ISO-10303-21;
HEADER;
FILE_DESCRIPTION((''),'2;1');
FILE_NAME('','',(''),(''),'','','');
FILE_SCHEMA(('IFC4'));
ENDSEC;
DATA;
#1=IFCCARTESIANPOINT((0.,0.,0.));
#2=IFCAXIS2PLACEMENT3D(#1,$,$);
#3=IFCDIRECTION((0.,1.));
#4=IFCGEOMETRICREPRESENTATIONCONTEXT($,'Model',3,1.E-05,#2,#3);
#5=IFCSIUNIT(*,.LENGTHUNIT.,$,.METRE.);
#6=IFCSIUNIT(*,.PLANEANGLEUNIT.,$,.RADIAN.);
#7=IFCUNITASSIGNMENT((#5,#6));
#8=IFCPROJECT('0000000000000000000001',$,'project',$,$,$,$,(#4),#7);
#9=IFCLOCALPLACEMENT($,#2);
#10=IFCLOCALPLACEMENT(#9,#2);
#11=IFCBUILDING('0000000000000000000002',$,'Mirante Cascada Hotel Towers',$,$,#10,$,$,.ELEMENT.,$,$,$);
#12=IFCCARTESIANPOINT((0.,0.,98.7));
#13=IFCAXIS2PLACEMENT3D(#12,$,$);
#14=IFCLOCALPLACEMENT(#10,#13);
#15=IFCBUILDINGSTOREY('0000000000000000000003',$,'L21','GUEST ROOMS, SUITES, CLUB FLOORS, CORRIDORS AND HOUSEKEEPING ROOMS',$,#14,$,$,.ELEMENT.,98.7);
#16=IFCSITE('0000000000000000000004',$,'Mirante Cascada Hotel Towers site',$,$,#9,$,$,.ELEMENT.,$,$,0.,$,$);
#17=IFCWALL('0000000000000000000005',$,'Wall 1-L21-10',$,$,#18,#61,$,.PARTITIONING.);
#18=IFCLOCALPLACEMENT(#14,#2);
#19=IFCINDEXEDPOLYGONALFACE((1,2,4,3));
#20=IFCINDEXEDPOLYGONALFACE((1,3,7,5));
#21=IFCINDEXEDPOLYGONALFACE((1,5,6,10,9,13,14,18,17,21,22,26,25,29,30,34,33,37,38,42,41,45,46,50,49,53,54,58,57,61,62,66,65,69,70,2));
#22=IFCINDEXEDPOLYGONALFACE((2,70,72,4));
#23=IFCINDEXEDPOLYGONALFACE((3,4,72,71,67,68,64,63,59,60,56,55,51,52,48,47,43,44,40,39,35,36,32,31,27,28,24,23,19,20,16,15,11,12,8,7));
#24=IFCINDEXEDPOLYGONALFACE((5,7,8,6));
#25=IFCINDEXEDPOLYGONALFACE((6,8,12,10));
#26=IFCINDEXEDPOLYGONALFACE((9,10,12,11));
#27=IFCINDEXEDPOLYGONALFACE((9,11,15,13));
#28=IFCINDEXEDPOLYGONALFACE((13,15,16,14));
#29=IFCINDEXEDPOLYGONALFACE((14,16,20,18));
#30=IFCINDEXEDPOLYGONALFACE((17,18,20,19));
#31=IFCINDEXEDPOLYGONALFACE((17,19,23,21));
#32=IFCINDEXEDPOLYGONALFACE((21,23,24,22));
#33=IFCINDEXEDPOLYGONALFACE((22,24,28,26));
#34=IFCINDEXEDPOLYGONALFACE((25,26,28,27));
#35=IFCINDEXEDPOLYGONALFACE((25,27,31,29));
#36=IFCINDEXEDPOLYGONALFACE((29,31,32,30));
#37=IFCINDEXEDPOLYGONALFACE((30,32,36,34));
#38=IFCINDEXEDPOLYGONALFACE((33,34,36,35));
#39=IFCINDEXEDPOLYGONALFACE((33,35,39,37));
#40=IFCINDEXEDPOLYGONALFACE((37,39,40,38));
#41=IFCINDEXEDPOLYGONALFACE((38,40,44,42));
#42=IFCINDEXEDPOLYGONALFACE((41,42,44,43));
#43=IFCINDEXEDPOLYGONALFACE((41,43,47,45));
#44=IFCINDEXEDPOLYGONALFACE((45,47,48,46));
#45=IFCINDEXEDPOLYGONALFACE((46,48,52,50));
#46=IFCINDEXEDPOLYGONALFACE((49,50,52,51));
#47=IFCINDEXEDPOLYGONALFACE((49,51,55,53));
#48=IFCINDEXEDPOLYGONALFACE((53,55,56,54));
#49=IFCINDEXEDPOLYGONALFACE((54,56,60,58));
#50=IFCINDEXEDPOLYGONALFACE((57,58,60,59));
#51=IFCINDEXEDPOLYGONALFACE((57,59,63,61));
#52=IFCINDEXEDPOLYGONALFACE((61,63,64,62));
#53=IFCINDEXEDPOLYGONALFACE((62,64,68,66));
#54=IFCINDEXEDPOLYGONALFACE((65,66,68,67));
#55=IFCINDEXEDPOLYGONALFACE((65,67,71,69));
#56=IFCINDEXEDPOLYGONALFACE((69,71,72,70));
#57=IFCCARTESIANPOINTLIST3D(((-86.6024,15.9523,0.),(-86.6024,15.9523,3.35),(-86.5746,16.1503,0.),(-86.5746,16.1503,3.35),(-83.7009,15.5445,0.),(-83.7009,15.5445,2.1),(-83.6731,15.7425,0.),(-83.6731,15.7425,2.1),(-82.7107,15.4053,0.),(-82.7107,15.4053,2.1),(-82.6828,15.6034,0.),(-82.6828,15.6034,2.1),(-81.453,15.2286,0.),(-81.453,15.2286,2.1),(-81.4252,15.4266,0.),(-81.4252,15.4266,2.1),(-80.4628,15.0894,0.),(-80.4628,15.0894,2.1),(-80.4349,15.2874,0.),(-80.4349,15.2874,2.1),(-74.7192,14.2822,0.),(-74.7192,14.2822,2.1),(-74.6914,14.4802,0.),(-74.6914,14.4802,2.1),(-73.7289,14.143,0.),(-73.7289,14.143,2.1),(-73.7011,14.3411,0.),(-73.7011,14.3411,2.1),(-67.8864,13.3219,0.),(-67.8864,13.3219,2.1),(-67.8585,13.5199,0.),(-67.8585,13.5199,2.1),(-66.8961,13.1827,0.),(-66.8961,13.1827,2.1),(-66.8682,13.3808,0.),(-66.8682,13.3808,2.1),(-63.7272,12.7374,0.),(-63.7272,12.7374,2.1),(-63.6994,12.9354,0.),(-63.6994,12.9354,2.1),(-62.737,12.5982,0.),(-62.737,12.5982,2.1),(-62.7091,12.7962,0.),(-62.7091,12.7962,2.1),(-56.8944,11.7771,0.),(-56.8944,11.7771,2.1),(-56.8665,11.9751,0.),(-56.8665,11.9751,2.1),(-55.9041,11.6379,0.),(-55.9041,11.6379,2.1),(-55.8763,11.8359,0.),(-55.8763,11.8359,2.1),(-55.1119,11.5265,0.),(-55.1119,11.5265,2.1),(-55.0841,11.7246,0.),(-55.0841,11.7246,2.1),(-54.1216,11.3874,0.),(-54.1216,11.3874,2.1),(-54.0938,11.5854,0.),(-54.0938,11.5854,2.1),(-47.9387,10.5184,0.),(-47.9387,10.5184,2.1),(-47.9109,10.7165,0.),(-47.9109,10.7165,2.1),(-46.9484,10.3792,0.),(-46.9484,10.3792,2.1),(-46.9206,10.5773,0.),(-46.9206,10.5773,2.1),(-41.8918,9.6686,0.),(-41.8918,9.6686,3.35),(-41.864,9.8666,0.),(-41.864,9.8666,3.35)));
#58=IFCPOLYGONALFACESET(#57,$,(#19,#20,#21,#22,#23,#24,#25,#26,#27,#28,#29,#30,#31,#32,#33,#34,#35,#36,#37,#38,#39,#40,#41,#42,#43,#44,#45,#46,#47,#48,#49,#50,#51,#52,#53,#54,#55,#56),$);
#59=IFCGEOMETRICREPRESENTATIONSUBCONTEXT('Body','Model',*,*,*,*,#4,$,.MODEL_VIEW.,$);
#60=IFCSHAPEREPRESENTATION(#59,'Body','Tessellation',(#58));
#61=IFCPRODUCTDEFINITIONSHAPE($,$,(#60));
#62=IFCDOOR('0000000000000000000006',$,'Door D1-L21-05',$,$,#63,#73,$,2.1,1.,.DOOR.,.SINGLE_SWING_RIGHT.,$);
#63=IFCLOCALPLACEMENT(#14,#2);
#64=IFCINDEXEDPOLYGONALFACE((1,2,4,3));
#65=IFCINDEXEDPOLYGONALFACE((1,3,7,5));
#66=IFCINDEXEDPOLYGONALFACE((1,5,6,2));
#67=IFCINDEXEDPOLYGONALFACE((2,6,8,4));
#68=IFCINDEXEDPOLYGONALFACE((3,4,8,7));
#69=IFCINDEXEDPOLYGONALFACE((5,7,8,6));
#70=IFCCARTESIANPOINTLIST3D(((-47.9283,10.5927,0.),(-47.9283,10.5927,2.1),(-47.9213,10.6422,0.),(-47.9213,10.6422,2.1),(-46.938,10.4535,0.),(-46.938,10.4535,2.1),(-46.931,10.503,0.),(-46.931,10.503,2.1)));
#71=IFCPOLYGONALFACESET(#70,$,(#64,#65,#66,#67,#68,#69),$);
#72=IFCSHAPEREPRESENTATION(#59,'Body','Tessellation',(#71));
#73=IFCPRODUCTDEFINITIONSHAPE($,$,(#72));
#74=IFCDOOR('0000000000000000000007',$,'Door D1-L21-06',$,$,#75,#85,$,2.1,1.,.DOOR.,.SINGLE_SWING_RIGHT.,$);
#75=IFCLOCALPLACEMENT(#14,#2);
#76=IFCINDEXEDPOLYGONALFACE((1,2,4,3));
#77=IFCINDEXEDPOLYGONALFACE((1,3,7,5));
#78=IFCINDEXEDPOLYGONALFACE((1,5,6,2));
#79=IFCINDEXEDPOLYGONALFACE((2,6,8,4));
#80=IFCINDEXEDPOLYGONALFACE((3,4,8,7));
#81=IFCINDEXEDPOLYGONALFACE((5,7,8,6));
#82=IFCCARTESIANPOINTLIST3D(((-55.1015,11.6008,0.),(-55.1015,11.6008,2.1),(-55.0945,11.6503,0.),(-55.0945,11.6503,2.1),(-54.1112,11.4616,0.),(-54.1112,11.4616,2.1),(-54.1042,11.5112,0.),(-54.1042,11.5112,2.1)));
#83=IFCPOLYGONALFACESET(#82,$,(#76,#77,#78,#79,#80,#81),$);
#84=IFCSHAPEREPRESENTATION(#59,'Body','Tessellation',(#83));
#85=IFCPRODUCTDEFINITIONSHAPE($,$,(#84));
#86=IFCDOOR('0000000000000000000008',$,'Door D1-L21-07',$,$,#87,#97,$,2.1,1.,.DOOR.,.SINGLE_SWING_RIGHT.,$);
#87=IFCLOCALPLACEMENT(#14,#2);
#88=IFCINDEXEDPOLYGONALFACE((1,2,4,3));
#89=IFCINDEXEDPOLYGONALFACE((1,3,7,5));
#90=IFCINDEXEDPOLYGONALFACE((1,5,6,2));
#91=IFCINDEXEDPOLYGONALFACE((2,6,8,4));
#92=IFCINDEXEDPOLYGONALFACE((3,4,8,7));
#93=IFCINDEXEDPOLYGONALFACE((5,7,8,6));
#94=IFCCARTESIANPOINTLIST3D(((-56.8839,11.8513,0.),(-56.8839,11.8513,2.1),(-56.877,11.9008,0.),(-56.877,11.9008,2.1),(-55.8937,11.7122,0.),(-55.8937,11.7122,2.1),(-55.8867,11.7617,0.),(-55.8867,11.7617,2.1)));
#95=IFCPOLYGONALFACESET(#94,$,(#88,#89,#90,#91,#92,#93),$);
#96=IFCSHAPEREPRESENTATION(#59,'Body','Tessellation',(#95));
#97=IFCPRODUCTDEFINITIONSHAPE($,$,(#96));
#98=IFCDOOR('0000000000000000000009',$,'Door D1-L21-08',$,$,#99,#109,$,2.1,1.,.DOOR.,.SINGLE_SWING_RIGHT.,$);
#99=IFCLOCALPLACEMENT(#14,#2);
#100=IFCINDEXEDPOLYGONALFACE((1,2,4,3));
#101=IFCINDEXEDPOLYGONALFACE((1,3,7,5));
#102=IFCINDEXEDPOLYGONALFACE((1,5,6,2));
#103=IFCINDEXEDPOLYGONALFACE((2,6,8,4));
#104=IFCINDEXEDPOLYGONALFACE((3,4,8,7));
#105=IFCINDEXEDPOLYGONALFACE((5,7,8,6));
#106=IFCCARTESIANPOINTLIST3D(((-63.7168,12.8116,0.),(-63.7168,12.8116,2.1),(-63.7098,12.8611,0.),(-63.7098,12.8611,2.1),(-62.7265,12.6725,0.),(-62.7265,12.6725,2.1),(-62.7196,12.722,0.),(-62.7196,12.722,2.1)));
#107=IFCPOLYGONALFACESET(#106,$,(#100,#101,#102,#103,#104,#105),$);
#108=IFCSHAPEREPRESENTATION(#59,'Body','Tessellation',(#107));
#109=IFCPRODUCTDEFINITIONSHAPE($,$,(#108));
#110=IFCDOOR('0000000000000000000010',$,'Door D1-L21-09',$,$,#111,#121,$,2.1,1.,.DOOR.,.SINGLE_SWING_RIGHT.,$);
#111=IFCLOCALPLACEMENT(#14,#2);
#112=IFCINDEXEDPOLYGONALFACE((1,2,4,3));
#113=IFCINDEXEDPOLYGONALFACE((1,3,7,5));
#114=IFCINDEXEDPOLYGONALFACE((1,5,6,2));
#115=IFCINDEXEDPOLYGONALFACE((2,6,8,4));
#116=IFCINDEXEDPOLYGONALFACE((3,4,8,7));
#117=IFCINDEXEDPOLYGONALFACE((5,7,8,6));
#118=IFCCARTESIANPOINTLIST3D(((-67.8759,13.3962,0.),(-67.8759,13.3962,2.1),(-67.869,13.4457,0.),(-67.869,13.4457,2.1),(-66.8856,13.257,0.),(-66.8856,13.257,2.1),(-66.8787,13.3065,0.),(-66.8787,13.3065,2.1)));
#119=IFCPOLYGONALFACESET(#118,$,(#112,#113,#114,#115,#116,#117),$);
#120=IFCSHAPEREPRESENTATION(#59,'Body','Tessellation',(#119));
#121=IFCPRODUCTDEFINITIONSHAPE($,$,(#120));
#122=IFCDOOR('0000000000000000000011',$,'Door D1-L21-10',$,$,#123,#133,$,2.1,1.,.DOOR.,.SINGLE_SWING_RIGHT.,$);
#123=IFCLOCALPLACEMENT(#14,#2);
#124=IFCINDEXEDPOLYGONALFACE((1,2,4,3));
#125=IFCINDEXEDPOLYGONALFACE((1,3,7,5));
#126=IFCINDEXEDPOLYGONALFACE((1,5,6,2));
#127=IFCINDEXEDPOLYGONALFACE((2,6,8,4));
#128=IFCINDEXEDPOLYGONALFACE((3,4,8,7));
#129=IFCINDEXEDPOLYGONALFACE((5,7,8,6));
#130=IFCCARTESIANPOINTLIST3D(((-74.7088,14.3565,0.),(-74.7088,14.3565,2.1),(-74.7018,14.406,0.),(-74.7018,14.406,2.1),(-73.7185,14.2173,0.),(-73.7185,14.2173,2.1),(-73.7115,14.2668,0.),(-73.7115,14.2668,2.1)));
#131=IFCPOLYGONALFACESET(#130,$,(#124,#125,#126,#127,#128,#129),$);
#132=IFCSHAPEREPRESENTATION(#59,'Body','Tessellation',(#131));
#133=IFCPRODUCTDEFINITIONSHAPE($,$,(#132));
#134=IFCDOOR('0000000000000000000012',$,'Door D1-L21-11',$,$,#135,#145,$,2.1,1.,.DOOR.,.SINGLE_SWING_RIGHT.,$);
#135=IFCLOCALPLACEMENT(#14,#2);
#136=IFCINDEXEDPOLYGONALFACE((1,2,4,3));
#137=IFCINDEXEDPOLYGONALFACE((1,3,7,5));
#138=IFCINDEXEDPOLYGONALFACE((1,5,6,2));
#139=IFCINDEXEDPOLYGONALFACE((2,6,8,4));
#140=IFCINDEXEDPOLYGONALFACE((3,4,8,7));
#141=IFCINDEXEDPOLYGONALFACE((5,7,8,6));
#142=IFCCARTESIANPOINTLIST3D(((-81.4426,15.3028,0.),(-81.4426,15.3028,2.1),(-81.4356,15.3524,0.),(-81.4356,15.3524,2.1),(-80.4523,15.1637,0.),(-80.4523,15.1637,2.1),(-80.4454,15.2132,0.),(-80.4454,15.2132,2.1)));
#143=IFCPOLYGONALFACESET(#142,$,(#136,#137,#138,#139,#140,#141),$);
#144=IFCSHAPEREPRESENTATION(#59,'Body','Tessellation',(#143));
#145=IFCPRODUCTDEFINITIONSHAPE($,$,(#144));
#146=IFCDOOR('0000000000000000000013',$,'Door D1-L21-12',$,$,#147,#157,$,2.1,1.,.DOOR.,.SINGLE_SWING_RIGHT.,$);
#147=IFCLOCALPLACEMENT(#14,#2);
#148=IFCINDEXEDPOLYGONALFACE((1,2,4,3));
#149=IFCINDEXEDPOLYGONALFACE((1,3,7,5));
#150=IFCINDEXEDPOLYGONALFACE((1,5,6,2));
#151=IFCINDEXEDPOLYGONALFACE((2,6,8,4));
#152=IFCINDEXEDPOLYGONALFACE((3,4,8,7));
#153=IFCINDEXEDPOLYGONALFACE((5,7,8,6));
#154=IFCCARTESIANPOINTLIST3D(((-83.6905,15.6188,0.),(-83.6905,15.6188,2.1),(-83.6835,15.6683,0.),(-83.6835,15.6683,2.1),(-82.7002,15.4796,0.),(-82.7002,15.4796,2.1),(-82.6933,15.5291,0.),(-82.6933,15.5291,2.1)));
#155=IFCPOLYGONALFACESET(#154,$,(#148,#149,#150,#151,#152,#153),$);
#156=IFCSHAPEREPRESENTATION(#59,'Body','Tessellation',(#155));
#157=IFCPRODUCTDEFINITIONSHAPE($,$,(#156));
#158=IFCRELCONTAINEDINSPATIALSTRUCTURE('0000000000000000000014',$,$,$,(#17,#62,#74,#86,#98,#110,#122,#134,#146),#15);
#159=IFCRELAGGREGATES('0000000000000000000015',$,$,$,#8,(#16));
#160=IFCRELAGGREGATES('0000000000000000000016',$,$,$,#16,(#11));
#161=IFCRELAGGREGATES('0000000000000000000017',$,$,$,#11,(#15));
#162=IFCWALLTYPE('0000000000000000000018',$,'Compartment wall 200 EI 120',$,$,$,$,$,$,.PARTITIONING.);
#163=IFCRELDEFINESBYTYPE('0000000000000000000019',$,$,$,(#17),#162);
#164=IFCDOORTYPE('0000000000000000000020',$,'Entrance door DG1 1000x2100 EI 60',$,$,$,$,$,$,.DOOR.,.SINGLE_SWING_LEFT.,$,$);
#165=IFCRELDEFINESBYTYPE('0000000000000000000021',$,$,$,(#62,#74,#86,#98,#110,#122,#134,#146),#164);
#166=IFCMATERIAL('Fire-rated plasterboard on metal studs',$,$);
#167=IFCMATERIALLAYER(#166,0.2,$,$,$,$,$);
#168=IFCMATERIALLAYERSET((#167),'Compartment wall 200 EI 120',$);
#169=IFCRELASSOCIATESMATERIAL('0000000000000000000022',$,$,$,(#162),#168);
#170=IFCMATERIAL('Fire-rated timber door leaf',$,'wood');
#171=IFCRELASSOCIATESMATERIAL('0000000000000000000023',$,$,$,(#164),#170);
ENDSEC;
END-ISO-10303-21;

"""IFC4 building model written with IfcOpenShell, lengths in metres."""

from ifc_helpers import new_model, si_unit, direction, frame, frame_2d, origin, place, context, subcontext, project, spatial, rectangle, extrude, material, layer, layer_set, type_object, element, fill, save


model = new_model("IFC4")

# Units and contexts
model_context = context("Model", 3, precision=1e-05, world=origin(), true_north=direction((0.0, 1.0)))
body_context = subcontext(model_context, "Body", "Model", "MODEL_VIEW")
ifc_project = project(units=[si_unit("LENGTHUNIT", "METRE"), si_unit("PLANEANGLEUNIT", "RADIAN")], contexts=[model_context])

# Site, building, storey
site_placement = place(None, origin())
site = spatial("IfcSite", under=ifc_project, at=site_placement, Name="Mirante Cascada Hotel Towers site", CompositionType="ELEMENT", RefElevation=0.0)
building_placement = place(site_placement, origin())
building = spatial("IfcBuilding", under=site, at=building_placement, Name="Mirante Cascada Hotel Towers", CompositionType="ELEMENT")
storey_placement = place(building_placement, frame((0.0, 0.0, 98.7)))
storey = spatial("IfcBuildingStorey", under=building, at=storey_placement, Name="L21", Description="GUEST ROOMS, SUITES, CLUB FLOORS, CORRIDORS AND HOUSEKEEPING ROOMS", CompositionType="ELEMENT", Elevation=98.7)

# Wall, openings, doors
ifc_material_1 = material(Name="Fire-rated plasterboard on metal studs")
ifc_layer_1 = layer(ifc_material_1, 0.2)
ifc_layer_set_1 = layer_set([ifc_layer_1], Name="Compartment wall 200 EI 120")
wall_type_1 = type_object("IfcWallType", Name="Compartment wall 200 EI 120", PredefinedType="PARTITIONING", material=ifc_layer_set_1)
wall_1_placement = place(storey_placement, frame((-41.8779, 9.7676, 0.0), z_axis=(0.0, 0.0, 1.0), x_axis=(-0.990268, 0.139174, 0.0)))
wall_1 = element("IfcWall", 1, at=wall_1_placement, inside=storey, type_object=wall_type_1, Name="Wall 1-L21-10", PredefinedType="PARTITIONING", context=body_context, shape_type="SweptSolid", body=[
    extrude(rectangle(XDim=45.15, YDim=0.2, at=frame_2d((22.575, 0.0))), origin(), (0.0, 0.0, 1.0), 3.35),
])
opening_1_placement = place(wall_1_placement, frame((5.1063, 0.0, 0.0)))
opening_1 = element("IfcOpeningElement", 2, at=opening_1_placement, cuts=wall_1, PredefinedType="OPENING", context=body_context, shape_type="SweptSolid", body=[
    extrude(rectangle(XDim=1.0, YDim=2.1, at=frame_2d((0.5, 1.05))), frame((0.0, 0.1, 0.0), z_axis=(0.0, -1.0, 0.0), x_axis=(1.0, 0.0, 0.0)), (0.0, 0.0, 1.0), 0.2),
])
opening_2_placement = place(wall_1_placement, frame((12.35, 0.0, 0.0)))
opening_2 = element("IfcOpeningElement", 3, at=opening_2_placement, cuts=wall_1, PredefinedType="OPENING", context=body_context, shape_type="SweptSolid", body=[
    extrude(rectangle(XDim=1.0, YDim=2.1, at=frame_2d((0.5, 1.05))), frame((0.0, 0.1, 0.0), z_axis=(0.0, -1.0, 0.0), x_axis=(1.0, 0.0, 0.0)), (0.0, 0.0, 1.0), 0.2),
])
opening_3_placement = place(wall_1_placement, frame((14.15, 0.0, 0.0)))
opening_3 = element("IfcOpeningElement", 4, at=opening_3_placement, cuts=wall_1, PredefinedType="OPENING", context=body_context, shape_type="SweptSolid", body=[
    extrude(rectangle(XDim=1.0, YDim=2.1, at=frame_2d((0.5, 1.05))), frame((0.0, 0.1, 0.0), z_axis=(0.0, -1.0, 0.0), x_axis=(1.0, 0.0, 0.0)), (0.0, 0.0, 1.0), 0.2),
])
opening_4_placement = place(wall_1_placement, frame((21.05, 0.0, 0.0)))
opening_4 = element("IfcOpeningElement", 5, at=opening_4_placement, cuts=wall_1, PredefinedType="OPENING", context=body_context, shape_type="SweptSolid", body=[
    extrude(rectangle(XDim=1.0, YDim=2.1, at=frame_2d((0.5, 1.05))), frame((0.0, 0.1, 0.0), z_axis=(0.0, -1.0, 0.0), x_axis=(1.0, 0.0, 0.0)), (0.0, 0.0, 1.0), 0.2),
])
opening_5_placement = place(wall_1_placement, frame((25.25, 0.0, 0.0)))
opening_5 = element("IfcOpeningElement", 6, at=opening_5_placement, cuts=wall_1, PredefinedType="OPENING", context=body_context, shape_type="SweptSolid", body=[
    extrude(rectangle(XDim=1.0, YDim=2.1, at=frame_2d((0.5, 1.05))), frame((0.0, 0.1, 0.0), z_axis=(0.0, -1.0, 0.0), x_axis=(1.0, 0.0, 0.0)), (0.0, 0.0, 1.0), 0.2),
])
opening_6_placement = place(wall_1_placement, frame((32.15, 0.0, 0.0)))
opening_6 = element("IfcOpeningElement", 7, at=opening_6_placement, cuts=wall_1, PredefinedType="OPENING", context=body_context, shape_type="SweptSolid", body=[
    extrude(rectangle(XDim=1.0, YDim=2.1, at=frame_2d((0.5, 1.05))), frame((0.0, 0.1, 0.0), z_axis=(0.0, -1.0, 0.0), x_axis=(1.0, 0.0, 0.0)), (0.0, 0.0, 1.0), 0.2),
])
opening_7_placement = place(wall_1_placement, frame((38.95, 0.0, 0.0)))
opening_7 = element("IfcOpeningElement", 8, at=opening_7_placement, cuts=wall_1, PredefinedType="OPENING", context=body_context, shape_type="SweptSolid", body=[
    extrude(rectangle(XDim=1.0, YDim=2.1, at=frame_2d((0.5, 1.05))), frame((0.0, 0.1, 0.0), z_axis=(0.0, -1.0, 0.0), x_axis=(1.0, 0.0, 0.0)), (0.0, 0.0, 1.0), 0.2),
])
opening_8_placement = place(wall_1_placement, frame((41.22, 0.0, 0.0)))
opening_8 = element("IfcOpeningElement", 9, at=opening_8_placement, cuts=wall_1, PredefinedType="OPENING", context=body_context, shape_type="SweptSolid", body=[
    extrude(rectangle(XDim=1.0, YDim=2.1, at=frame_2d((0.5, 1.05))), frame((0.0, 0.1, 0.0), z_axis=(0.0, -1.0, 0.0), x_axis=(1.0, 0.0, 0.0)), (0.0, 0.0, 1.0), 0.2),
])
ifc_material_2 = material(Name="Fire-rated timber door leaf", Category="wood")
door_type_1 = type_object("IfcDoorType", Name="Entrance door DG1 1000x2100 EI 60", OperationType="SINGLE_SWING_LEFT", PredefinedType="DOOR", material=ifc_material_2)
door_1_placement = place(opening_1_placement, frame((1.0, 0.0, 0.0), z_axis=(0.0, 0.0, 1.0), x_axis=(-1.0, 0.0, 0.0)))
door_1 = element("IfcDoor", 10, at=door_1_placement, inside=storey, type_object=door_type_1, Name="Door D1-L21-05", OperationType="SINGLE_SWING_RIGHT", OverallHeight=2.1, OverallWidth=1.0, PredefinedType="DOOR", context=body_context, shape_type="SweptSolid", body=[
    extrude(rectangle(XDim=1.0, YDim=2.1, at=frame_2d((0.5, 1.05))), frame((0.0, 0.025, 0.0), z_axis=(0.0, -1.0, 0.0), x_axis=(1.0, 0.0, 0.0)), (0.0, 0.0, 1.0), 0.05),
])
fill(opening_1, door_1)
door_2_placement = place(opening_2_placement, frame((1.0, 0.0, 0.0), z_axis=(0.0, 0.0, 1.0), x_axis=(-1.0, 0.0, 0.0)))
door_2 = element("IfcDoor", 11, at=door_2_placement, inside=storey, type_object=door_type_1, Name="Door D1-L21-06", OperationType="SINGLE_SWING_RIGHT", OverallHeight=2.1, OverallWidth=1.0, PredefinedType="DOOR", context=body_context, shape_type="SweptSolid", body=[
    extrude(rectangle(XDim=1.0, YDim=2.1, at=frame_2d((0.5, 1.05))), frame((0.0, 0.025, 0.0), z_axis=(0.0, -1.0, 0.0), x_axis=(1.0, 0.0, 0.0)), (0.0, 0.0, 1.0), 0.05),
])
fill(opening_2, door_2)
door_3_placement = place(opening_3_placement, frame((1.0, 0.0, 0.0), z_axis=(0.0, 0.0, 1.0), x_axis=(-1.0, 0.0, 0.0)))
door_3 = element("IfcDoor", 12, at=door_3_placement, inside=storey, type_object=door_type_1, Name="Door D1-L21-07", OperationType="SINGLE_SWING_RIGHT", OverallHeight=2.1, OverallWidth=1.0, PredefinedType="DOOR", context=body_context, shape_type="SweptSolid", body=[
    extrude(rectangle(XDim=1.0, YDim=2.1, at=frame_2d((0.5, 1.05))), frame((0.0, 0.025, 0.0), z_axis=(0.0, -1.0, 0.0), x_axis=(1.0, 0.0, 0.0)), (0.0, 0.0, 1.0), 0.05),
])
fill(opening_3, door_3)
door_4_placement = place(opening_4_placement, frame((1.0, 0.0, 0.0), z_axis=(0.0, 0.0, 1.0), x_axis=(-1.0, 0.0, 0.0)))
door_4 = element("IfcDoor", 13, at=door_4_placement, inside=storey, type_object=door_type_1, Name="Door D1-L21-08", OperationType="SINGLE_SWING_RIGHT", OverallHeight=2.1, OverallWidth=1.0, PredefinedType="DOOR", context=body_context, shape_type="SweptSolid", body=[
    extrude(rectangle(XDim=1.0, YDim=2.1, at=frame_2d((0.5, 1.05))), frame((0.0, 0.025, 0.0), z_axis=(0.0, -1.0, 0.0), x_axis=(1.0, 0.0, 0.0)), (0.0, 0.0, 1.0), 0.05),
])
fill(opening_4, door_4)
door_5_placement = place(opening_5_placement, frame((1.0, 0.0, 0.0), z_axis=(0.0, 0.0, 1.0), x_axis=(-1.0, 0.0, 0.0)))
door_5 = element("IfcDoor", 14, at=door_5_placement, inside=storey, type_object=door_type_1, Name="Door D1-L21-09", OperationType="SINGLE_SWING_RIGHT", OverallHeight=2.1, OverallWidth=1.0, PredefinedType="DOOR", context=body_context, shape_type="SweptSolid", body=[
    extrude(rectangle(XDim=1.0, YDim=2.1, at=frame_2d((0.5, 1.05))), frame((0.0, 0.025, 0.0), z_axis=(0.0, -1.0, 0.0), x_axis=(1.0, 0.0, 0.0)), (0.0, 0.0, 1.0), 0.05),
])
fill(opening_5, door_5)
door_6_placement = place(opening_6_placement, frame((1.0, 0.0, 0.0), z_axis=(0.0, 0.0, 1.0), x_axis=(-1.0, 0.0, 0.0)))
door_6 = element("IfcDoor", 15, at=door_6_placement, inside=storey, type_object=door_type_1, Name="Door D1-L21-10", OperationType="SINGLE_SWING_RIGHT", OverallHeight=2.1, OverallWidth=1.0, PredefinedType="DOOR", context=body_context, shape_type="SweptSolid", body=[
    extrude(rectangle(XDim=1.0, YDim=2.1, at=frame_2d((0.5, 1.05))), frame((0.0, 0.025, 0.0), z_axis=(0.0, -1.0, 0.0), x_axis=(1.0, 0.0, 0.0)), (0.0, 0.0, 1.0), 0.05),
])
fill(opening_6, door_6)
door_7_placement = place(opening_7_placement, frame((1.0, 0.0, 0.0), z_axis=(0.0, 0.0, 1.0), x_axis=(-1.0, 0.0, 0.0)))
door_7 = element("IfcDoor", 16, at=door_7_placement, inside=storey, type_object=door_type_1, Name="Door D1-L21-11", OperationType="SINGLE_SWING_RIGHT", OverallHeight=2.1, OverallWidth=1.0, PredefinedType="DOOR", context=body_context, shape_type="SweptSolid", body=[
    extrude(rectangle(XDim=1.0, YDim=2.1, at=frame_2d((0.5, 1.05))), frame((0.0, 0.025, 0.0), z_axis=(0.0, -1.0, 0.0), x_axis=(1.0, 0.0, 0.0)), (0.0, 0.0, 1.0), 0.05),
])
fill(opening_7, door_7)
door_8_placement = place(opening_8_placement, frame((1.0, 0.0, 0.0), z_axis=(0.0, 0.0, 1.0), x_axis=(-1.0, 0.0, 0.0)))
door_8 = element("IfcDoor", 17, at=door_8_placement, inside=storey, type_object=door_type_1, Name="Door D1-L21-12", OperationType="SINGLE_SWING_RIGHT", OverallHeight=2.1, OverallWidth=1.0, PredefinedType="DOOR", context=body_context, shape_type="SweptSolid", body=[
    extrude(rectangle(XDim=1.0, YDim=2.1, at=frame_2d((0.5, 1.05))), frame((0.0, 0.025, 0.0), z_axis=(0.0, -1.0, 0.0), x_axis=(1.0, 0.0, 0.0)), (0.0, 0.0, 1.0), 0.05),
])
fill(opening_8, door_8)

save(model, "model.ifc")
